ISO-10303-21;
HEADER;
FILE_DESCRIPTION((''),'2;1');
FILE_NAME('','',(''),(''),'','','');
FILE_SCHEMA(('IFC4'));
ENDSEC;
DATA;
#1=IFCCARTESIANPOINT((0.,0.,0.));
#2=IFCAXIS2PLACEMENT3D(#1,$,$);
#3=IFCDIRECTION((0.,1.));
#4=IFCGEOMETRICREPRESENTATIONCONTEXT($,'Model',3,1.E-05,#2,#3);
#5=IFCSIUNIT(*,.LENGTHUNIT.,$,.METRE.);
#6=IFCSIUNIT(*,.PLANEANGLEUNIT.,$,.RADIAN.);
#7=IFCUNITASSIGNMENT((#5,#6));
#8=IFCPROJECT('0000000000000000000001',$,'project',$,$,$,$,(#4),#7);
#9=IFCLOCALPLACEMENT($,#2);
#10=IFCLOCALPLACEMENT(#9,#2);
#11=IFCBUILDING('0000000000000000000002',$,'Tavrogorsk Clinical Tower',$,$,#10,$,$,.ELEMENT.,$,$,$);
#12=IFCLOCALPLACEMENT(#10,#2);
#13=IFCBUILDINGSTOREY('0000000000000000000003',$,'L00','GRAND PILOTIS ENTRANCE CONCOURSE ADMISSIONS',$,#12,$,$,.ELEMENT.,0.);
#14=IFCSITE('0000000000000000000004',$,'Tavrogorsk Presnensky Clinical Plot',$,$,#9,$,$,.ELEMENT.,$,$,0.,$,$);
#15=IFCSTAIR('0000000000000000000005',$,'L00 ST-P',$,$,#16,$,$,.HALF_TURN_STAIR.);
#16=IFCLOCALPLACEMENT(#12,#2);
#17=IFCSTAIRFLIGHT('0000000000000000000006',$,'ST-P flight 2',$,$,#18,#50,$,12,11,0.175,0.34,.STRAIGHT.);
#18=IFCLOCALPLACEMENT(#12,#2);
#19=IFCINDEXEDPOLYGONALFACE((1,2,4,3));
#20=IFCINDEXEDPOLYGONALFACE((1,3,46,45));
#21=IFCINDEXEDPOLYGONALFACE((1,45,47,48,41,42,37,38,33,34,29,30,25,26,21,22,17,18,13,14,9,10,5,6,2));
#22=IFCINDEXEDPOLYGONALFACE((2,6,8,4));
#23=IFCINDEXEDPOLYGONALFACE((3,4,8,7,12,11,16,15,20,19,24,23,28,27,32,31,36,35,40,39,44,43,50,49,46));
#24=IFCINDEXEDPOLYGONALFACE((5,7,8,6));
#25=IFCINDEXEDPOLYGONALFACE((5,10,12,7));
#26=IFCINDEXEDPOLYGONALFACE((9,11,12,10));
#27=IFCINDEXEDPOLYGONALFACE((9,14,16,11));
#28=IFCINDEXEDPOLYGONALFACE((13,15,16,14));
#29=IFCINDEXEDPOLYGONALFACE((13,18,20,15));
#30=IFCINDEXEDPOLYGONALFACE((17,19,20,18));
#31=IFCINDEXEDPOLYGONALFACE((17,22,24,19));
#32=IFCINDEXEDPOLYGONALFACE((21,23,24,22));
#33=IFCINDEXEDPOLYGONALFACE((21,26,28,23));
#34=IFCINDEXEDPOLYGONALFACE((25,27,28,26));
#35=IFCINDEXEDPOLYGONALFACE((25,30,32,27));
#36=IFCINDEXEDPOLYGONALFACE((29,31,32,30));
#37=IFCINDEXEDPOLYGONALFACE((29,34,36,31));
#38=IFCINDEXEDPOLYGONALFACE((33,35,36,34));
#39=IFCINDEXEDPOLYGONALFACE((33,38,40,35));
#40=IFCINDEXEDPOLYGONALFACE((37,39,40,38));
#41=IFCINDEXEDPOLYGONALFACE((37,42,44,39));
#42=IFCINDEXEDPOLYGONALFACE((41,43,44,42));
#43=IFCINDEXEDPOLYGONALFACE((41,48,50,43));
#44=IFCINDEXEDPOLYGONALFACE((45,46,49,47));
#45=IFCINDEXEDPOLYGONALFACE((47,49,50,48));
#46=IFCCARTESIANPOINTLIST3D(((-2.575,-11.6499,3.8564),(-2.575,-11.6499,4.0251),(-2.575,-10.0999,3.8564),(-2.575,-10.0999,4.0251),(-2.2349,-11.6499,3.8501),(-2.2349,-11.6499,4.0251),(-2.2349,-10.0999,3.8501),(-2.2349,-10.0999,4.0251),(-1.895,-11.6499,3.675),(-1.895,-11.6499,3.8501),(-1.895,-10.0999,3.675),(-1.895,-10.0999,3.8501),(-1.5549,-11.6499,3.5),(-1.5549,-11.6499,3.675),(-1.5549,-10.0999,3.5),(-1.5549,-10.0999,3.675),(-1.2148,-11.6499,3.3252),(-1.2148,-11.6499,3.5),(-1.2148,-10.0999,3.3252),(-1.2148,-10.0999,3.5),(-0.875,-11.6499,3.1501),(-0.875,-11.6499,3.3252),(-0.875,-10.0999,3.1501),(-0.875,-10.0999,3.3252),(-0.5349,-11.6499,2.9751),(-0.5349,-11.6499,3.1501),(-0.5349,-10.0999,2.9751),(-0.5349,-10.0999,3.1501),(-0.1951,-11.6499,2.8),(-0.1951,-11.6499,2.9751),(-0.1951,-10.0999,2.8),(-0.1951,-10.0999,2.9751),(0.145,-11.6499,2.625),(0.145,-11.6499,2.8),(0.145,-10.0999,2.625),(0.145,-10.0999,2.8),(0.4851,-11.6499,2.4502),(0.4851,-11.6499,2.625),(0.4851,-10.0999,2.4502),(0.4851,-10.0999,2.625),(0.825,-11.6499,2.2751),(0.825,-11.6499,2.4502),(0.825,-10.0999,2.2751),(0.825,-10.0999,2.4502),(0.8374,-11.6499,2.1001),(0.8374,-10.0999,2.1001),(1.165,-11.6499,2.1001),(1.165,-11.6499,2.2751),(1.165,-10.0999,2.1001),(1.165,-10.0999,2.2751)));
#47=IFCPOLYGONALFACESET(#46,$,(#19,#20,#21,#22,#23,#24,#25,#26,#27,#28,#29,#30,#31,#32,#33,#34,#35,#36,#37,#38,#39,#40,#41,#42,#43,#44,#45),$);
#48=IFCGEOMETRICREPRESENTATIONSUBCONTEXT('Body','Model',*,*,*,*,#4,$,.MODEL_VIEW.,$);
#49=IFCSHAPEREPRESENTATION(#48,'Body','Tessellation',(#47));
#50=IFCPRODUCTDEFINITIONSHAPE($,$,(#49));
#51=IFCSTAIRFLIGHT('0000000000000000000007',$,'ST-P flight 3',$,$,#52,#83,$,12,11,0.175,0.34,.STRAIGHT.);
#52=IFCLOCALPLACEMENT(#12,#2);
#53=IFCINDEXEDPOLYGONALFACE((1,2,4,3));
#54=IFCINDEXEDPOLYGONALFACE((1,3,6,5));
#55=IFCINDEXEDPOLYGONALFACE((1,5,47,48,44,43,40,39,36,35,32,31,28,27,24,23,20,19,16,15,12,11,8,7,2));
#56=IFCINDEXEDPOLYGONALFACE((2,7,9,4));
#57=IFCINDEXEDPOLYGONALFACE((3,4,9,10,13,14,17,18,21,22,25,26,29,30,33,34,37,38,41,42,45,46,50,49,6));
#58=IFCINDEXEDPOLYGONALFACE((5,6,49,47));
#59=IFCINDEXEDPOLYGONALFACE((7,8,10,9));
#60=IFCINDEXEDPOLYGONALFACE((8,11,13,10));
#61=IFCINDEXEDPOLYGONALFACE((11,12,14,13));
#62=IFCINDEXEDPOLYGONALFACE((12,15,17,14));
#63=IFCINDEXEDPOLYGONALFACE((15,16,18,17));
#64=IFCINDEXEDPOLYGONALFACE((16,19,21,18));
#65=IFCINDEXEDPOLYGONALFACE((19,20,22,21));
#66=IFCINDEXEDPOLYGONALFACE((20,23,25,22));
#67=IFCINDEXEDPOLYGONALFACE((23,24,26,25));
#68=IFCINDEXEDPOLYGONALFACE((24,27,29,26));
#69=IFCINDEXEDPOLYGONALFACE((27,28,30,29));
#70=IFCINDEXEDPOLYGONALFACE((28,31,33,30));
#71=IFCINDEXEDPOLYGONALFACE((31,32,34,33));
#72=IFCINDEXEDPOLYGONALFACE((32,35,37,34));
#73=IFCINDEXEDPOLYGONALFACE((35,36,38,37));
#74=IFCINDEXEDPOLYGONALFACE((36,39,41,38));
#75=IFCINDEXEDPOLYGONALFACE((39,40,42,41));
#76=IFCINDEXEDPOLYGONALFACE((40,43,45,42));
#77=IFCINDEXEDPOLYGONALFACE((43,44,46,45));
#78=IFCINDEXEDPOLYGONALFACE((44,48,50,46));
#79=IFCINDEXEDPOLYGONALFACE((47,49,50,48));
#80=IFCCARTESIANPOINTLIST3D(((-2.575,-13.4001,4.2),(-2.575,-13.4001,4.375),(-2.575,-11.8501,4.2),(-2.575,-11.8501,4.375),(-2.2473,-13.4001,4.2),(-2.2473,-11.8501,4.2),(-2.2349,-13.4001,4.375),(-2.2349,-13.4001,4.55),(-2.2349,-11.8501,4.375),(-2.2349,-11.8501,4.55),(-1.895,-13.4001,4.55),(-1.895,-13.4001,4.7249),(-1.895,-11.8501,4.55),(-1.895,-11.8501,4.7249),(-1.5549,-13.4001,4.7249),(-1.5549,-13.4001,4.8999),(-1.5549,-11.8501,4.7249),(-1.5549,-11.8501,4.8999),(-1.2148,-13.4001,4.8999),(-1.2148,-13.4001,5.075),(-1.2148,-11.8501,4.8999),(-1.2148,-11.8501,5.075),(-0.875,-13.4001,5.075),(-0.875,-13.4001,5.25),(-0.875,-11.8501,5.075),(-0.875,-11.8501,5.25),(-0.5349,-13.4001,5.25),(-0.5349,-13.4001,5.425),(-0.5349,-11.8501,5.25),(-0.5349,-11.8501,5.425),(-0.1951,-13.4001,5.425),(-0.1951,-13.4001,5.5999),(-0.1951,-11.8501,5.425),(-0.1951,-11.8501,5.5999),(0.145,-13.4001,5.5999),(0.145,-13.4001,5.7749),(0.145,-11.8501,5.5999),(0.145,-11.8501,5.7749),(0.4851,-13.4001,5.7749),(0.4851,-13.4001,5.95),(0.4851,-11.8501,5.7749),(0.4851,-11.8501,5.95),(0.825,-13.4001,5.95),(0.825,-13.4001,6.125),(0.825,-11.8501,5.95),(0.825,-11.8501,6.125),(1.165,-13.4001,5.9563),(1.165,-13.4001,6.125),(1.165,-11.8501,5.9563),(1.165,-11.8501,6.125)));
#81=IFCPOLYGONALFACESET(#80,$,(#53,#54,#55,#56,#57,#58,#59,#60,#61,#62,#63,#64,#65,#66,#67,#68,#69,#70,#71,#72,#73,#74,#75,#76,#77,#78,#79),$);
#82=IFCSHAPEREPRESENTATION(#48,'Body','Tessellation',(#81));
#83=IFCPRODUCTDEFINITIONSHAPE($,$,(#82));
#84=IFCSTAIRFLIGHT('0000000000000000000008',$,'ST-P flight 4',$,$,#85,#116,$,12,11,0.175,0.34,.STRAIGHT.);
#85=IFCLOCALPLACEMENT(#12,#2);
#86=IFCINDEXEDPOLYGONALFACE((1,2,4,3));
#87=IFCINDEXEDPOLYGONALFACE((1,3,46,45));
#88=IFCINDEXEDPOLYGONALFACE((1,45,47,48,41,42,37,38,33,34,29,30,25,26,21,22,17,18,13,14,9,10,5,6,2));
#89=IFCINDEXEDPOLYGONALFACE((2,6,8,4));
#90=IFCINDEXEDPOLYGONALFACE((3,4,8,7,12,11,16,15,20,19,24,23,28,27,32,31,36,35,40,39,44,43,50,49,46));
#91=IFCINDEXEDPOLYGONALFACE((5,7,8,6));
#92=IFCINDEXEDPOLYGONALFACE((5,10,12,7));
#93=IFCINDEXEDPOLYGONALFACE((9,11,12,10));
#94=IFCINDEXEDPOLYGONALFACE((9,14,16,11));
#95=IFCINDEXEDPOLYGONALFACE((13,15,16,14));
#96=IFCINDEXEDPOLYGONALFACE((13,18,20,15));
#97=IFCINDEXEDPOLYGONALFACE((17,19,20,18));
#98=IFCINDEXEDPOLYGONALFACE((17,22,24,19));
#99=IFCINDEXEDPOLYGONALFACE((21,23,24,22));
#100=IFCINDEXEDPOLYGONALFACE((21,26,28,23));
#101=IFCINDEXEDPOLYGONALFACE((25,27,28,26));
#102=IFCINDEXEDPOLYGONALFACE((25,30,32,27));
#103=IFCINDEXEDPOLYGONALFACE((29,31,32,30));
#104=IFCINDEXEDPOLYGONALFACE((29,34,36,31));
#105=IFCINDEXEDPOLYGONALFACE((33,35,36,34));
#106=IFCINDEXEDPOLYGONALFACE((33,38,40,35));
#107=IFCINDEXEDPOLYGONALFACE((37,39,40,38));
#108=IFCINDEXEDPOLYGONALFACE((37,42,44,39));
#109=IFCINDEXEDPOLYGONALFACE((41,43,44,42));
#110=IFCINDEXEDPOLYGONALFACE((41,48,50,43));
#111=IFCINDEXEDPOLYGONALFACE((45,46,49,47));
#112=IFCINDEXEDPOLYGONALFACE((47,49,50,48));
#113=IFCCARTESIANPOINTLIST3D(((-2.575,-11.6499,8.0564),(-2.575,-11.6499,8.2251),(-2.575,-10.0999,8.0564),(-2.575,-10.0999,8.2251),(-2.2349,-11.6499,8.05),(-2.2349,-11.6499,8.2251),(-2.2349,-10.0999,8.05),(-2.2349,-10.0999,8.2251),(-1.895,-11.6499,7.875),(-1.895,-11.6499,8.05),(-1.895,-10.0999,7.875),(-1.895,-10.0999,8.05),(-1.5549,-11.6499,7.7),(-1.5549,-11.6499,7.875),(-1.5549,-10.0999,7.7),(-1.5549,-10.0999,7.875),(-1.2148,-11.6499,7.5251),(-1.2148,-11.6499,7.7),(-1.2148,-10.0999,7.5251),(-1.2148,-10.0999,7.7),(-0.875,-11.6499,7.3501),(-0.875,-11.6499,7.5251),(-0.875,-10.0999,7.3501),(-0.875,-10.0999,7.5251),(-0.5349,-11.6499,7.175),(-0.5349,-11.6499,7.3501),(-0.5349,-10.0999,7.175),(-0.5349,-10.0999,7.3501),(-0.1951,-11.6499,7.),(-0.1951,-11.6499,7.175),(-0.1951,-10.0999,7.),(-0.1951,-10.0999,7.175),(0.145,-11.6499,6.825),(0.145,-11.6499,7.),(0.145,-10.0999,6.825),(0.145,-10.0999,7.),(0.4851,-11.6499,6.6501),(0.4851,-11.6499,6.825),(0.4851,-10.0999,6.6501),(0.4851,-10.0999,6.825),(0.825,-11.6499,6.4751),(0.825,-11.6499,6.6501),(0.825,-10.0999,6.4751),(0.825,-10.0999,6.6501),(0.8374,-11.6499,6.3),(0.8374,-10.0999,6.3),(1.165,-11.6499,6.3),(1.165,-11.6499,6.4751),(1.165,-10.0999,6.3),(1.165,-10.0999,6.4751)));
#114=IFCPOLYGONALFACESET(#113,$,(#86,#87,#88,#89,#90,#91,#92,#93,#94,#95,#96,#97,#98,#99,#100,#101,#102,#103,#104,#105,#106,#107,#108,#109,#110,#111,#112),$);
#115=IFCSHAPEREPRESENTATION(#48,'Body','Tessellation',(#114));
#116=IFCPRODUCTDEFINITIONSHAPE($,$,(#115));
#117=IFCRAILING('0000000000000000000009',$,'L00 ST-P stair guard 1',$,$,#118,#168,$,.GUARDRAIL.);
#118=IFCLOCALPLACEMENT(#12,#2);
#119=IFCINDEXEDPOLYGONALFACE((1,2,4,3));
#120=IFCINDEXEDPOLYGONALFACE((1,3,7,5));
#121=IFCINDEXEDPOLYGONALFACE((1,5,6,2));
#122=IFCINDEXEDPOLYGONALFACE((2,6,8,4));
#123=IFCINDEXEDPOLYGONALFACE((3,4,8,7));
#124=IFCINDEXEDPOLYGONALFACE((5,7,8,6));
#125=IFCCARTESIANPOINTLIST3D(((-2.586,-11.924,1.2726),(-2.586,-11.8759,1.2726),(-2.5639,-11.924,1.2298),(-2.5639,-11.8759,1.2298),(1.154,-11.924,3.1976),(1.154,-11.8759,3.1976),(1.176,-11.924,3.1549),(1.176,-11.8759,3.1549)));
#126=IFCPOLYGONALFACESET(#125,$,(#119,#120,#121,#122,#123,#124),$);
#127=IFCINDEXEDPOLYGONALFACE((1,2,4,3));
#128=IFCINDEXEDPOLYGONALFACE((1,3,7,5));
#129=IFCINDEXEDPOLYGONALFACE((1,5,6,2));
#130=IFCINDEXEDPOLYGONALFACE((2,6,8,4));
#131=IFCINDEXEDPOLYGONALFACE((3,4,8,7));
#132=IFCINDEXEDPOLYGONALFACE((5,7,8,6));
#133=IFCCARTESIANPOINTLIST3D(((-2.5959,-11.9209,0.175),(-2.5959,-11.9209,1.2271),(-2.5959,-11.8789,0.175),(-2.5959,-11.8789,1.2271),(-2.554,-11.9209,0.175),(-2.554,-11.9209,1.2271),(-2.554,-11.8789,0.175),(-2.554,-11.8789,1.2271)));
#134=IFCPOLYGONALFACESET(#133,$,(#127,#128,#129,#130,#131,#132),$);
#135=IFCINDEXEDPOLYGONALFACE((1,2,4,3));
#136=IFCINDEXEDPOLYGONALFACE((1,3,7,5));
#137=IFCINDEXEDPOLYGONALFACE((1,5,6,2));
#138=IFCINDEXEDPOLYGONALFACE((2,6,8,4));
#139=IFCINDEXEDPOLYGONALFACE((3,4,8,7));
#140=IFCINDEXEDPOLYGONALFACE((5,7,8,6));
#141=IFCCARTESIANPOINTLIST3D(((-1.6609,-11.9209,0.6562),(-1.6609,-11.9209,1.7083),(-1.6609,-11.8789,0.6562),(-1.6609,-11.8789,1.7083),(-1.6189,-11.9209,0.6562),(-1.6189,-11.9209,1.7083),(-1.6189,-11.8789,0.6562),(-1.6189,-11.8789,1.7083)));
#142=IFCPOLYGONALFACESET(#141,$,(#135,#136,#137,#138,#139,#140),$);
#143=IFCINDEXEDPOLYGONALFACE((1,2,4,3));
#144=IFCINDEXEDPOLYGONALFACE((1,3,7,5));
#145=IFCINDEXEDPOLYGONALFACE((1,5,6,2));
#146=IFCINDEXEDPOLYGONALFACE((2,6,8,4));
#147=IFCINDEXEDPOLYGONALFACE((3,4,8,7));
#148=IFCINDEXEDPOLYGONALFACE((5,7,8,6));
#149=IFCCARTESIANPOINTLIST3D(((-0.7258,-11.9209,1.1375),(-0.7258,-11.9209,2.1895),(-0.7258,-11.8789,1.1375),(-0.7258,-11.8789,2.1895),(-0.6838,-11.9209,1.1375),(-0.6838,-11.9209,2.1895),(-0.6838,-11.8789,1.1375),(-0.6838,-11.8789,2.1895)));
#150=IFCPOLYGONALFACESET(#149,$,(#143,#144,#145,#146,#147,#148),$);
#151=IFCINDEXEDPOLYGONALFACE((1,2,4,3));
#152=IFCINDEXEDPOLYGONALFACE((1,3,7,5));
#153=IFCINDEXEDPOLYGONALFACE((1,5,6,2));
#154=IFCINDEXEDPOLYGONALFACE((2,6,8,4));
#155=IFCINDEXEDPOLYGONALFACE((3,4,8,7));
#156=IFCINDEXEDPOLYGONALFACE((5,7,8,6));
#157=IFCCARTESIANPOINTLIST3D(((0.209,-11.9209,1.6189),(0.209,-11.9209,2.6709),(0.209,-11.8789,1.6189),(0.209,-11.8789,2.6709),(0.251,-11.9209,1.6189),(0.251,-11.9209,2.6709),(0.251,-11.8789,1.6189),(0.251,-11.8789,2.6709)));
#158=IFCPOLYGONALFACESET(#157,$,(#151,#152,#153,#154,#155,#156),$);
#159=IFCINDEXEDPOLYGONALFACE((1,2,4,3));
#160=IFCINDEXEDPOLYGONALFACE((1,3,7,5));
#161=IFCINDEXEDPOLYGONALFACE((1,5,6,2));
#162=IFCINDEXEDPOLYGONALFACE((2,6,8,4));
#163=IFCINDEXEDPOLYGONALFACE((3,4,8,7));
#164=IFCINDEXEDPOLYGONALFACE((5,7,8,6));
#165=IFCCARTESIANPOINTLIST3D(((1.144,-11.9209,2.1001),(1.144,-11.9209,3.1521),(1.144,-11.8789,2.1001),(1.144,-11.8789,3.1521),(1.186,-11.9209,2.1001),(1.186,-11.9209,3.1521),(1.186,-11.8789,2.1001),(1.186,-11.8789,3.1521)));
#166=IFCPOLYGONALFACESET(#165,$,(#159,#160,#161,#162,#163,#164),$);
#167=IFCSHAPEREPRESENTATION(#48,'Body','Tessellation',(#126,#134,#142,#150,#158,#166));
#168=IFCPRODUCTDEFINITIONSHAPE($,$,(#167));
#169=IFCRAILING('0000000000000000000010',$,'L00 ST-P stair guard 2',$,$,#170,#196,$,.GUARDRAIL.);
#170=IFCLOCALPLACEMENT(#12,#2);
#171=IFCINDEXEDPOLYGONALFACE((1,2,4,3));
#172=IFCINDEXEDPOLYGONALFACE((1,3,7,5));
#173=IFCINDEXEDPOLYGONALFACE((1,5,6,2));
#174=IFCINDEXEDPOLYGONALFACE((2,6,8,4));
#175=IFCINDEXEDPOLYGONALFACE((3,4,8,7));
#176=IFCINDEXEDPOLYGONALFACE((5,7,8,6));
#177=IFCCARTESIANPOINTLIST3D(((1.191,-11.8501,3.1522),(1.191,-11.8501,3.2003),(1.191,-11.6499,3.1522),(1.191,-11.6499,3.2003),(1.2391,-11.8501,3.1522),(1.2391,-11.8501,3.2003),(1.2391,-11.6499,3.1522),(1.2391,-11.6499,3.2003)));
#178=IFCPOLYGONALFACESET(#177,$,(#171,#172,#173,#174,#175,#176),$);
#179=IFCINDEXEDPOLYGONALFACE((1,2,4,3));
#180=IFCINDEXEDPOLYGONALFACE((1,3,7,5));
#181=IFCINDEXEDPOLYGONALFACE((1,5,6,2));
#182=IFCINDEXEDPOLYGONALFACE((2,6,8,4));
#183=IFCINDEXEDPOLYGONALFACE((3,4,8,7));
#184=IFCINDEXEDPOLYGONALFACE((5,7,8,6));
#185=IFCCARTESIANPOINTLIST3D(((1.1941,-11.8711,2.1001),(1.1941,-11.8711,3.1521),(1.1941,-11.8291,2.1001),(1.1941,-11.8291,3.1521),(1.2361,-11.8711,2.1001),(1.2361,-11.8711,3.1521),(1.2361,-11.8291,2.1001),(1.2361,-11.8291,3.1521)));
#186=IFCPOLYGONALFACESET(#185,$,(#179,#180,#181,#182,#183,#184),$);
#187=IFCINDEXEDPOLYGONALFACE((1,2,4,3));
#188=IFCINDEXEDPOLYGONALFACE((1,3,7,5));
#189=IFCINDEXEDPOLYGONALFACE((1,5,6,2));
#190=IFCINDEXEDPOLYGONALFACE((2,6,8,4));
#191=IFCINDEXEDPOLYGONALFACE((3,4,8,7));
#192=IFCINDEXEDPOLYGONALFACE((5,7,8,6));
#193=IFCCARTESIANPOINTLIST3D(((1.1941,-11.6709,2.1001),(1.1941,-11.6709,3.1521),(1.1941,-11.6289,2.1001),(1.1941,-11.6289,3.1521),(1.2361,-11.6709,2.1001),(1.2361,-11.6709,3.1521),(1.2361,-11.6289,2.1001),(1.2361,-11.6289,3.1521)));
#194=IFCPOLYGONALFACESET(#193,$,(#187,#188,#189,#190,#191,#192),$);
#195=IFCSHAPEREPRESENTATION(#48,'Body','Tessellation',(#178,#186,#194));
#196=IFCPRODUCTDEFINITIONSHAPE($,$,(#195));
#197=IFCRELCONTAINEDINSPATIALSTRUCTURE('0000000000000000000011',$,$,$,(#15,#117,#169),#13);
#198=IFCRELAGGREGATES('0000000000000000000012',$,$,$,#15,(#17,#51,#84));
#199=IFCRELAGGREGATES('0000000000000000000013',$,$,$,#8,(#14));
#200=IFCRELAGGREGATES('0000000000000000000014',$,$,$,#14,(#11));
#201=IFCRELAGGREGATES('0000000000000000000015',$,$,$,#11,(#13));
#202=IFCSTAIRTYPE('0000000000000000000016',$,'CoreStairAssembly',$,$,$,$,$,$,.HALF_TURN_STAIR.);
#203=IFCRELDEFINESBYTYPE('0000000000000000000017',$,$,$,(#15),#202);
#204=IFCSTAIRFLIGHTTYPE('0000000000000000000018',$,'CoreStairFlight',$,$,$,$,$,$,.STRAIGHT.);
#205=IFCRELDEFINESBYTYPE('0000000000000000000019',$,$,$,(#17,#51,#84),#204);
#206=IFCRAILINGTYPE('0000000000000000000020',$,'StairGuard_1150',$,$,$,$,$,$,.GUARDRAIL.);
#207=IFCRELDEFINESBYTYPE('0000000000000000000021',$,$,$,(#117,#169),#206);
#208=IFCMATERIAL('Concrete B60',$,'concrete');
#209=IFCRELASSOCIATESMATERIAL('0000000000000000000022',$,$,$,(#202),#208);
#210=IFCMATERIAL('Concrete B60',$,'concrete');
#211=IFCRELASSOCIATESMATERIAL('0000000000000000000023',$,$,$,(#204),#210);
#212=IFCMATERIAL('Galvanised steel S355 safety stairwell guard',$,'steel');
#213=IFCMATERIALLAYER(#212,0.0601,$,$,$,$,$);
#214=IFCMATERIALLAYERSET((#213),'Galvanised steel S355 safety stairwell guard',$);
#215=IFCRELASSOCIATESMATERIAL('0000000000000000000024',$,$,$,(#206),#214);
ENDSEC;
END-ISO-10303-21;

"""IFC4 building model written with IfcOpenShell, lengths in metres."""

from ifc_helpers import new_model, si_unit, direction, frame, origin, origin_2d, place, context, subcontext, project, spatial, polyline, rectangle, outline, extrude, material, layer, layer_set, type_object, element, aggregate, save


model = new_model("IFC4")

# Units and contexts
model_context = context("Model", 3, precision=1e-05, world=origin(), true_north=direction((0.0, 1.0)))
body_context = subcontext(model_context, "Body", "Model", "MODEL_VIEW")
ifc_project = project(units=[si_unit("LENGTHUNIT", "METRE"), si_unit("PLANEANGLEUNIT", "RADIAN")], contexts=[model_context])

# Site, building, storey
site_placement = place(None, origin())
site = spatial("IfcSite", under=ifc_project, at=site_placement, Name="Tavrogorsk Presnensky Clinical Plot", CompositionType="ELEMENT", RefElevation=0.0)
building_placement = place(site_placement, origin())
building = spatial("IfcBuilding", under=site, at=building_placement, Name="Tavrogorsk Clinical Tower", CompositionType="ELEMENT")
storey_placement = place(building_placement, origin())
storey = spatial("IfcBuildingStorey", under=building, at=storey_placement, Name="L00", Description="GRAND PILOTIS ENTRANCE CONCOURSE ADMISSIONS", CompositionType="ELEMENT", Elevation=0.0)

# Stair, stair flights
ifc_material_1 = material(Name="Concrete B60", Category="concrete")
stair_type = type_object("IfcStairType", Name="CoreStairAssembly", PredefinedType="HALF_TURN_STAIR", material=ifc_material_1)
stair_placement = place(storey_placement, origin())
stair = element("IfcStair", 1, at=stair_placement, inside=storey, type_object=stair_type, Name="L00 ST-P", PredefinedType="HALF_TURN_STAIR")
ifc_material_2 = material(Name="Concrete B60", Category="concrete")
stair_flight_type = type_object("IfcStairFlightType", Name="CoreStairFlight", PredefinedType="STRAIGHT", material=ifc_material_2)
stair_flight_1_placement = place(storey_placement, frame((1.165, -10.875, 2.1001), z_axis=(0.0, 0.0, 1.0), x_axis=(-1.0, 0.0, 0.0)))
stair_flight_1 = element("IfcStairFlight", 2, at=stair_flight_1_placement, type_object=stair_flight_type, Name="ST-P flight 2", NumberOfRisers=12, NumberOfTreads=11, PredefinedType="STRAIGHT", RiserHeight=0.175, TreadLength=0.34, context=body_context, shape_type="SweptSolid", body=[
    extrude(outline(polyline([(0.0, 0.0), (0.0, 0.175), (0.3401, 0.175), (0.3401, 0.3501), (0.6799, 0.3501), (0.6799, 0.5249), (1.02, 0.5249), (1.02, 0.7), (1.3601, 0.7), (1.3601, 0.875), (1.7, 0.875), (1.7, 1.05), (2.04, 1.05), (2.04, 1.2251), (2.3799, 1.2251), (2.3799, 1.3999), (2.72, 1.3999), (2.72, 1.575), (3.0601, 1.575), (3.0601, 1.75), (3.3999, 1.75), (3.3999, 1.925), (3.74, 1.925), (3.74, 2.1001), (3.74, 1.7563), (0.3276, 0.0), (0.0, 0.0)])), frame((0.0, 0.7749, 0.0), z_axis=(0.0, -1.0, 0.0), x_axis=(1.0, 0.0, 0.0)), (0.0, 0.0, 1.0), 1.55),
])
stair_flight_2_placement = place(storey_placement, frame((-2.575, -12.625, 4.2), z_axis=(0.0, 0.0, 1.0), x_axis=(1.0, 0.0, 0.0)))
stair_flight_2 = element("IfcStairFlight", 3, at=stair_flight_2_placement, type_object=stair_flight_type, Name="ST-P flight 3", NumberOfRisers=12, NumberOfTreads=11, PredefinedType="STRAIGHT", RiserHeight=0.175, TreadLength=0.34, context=body_context, shape_type="SweptSolid", body=[
    extrude(outline(polyline([(0.0, 0.0), (0.0, 0.175), (0.3401, 0.175), (0.3401, 0.3501), (0.6799, 0.3501), (0.6799, 0.5249), (1.02, 0.5249), (1.02, 0.7), (1.3601, 0.7), (1.3601, 0.875), (1.7, 0.875), (1.7, 1.05), (2.04, 1.05), (2.04, 1.2251), (2.3799, 1.2251), (2.3799, 1.3999), (2.72, 1.3999), (2.72, 1.575), (3.0601, 1.575), (3.0601, 1.75), (3.3999, 1.75), (3.3999, 1.925), (3.74, 1.925), (3.74, 2.1001), (3.74, 1.7563), (0.3276, 0.0), (0.0, 0.0)])), frame((0.0, 0.7749, 0.0), z_axis=(0.0, -1.0, 0.0), x_axis=(1.0, 0.0, 0.0)), (0.0, 0.0, 1.0), 1.55),
])
stair_flight_3_placement = place(storey_placement, frame((1.165, -10.875, 6.3), z_axis=(0.0, 0.0, 1.0), x_axis=(-1.0, 0.0, 0.0)))
stair_flight_3 = element("IfcStairFlight", 4, at=stair_flight_3_placement, type_object=stair_flight_type, Name="ST-P flight 4", NumberOfRisers=12, NumberOfTreads=11, PredefinedType="STRAIGHT", RiserHeight=0.175, TreadLength=0.34, context=body_context, shape_type="SweptSolid", body=[
    extrude(outline(polyline([(0.0, 0.0), (0.0, 0.175), (0.3401, 0.175), (0.3401, 0.3501), (0.6799, 0.3501), (0.6799, 0.5249), (1.02, 0.5249), (1.02, 0.7), (1.3601, 0.7), (1.3601, 0.875), (1.7, 0.875), (1.7, 1.05), (2.04, 1.05), (2.04, 1.2251), (2.3799, 1.2251), (2.3799, 1.3999), (2.72, 1.3999), (2.72, 1.575), (3.0601, 1.575), (3.0601, 1.75), (3.3999, 1.75), (3.3999, 1.925), (3.74, 1.925), (3.74, 2.1001), (3.74, 1.7563), (0.3276, 0.0), (0.0, 0.0)])), frame((0.0, 0.7749, 0.0), z_axis=(0.0, -1.0, 0.0), x_axis=(1.0, 0.0, 0.0)), (0.0, 0.0, 1.0), 1.55),
])
aggregate(stair, [stair_flight_1, stair_flight_2, stair_flight_3])

# Railings
ifc_material_3 = material(Name="Galvanised steel S355 safety stairwell guard", Category="steel")
ifc_layer_1 = layer(ifc_material_3, 0.0601)
ifc_layer_set_1 = layer_set([ifc_layer_1], Name="Galvanised steel S355 safety stairwell guard")
railing_type_1 = type_object("IfcRailingType", Name="StairGuard_1150", PredefinedType="GUARDRAIL", material=ifc_layer_set_1)
railing_1_placement = place(storey_placement, frame((-2.575, -11.8999, 0.175)))
element("IfcRailing", 5, at=railing_1_placement, inside=storey, type_object=railing_type_1, Name="L00 ST-P stair guard 1", PredefinedType="GUARDRAIL", context=body_context, shape_type="SweptSolid", body=[
    extrude(rectangle(XDim=0.0481, YDim=0.0481, at=origin_2d()), frame((0.0, 0.0, 1.0762), z_axis=(0.889131, 0.0, 0.457654), x_axis=(0.0, 1.0, 0.0)), (0.0, 0.0, 1.0), 4.2063),
    extrude(rectangle(XDim=0.042, YDim=0.042, at=origin_2d()), origin(), (0.0, 0.0, 1.0), 1.052),
    extrude(rectangle(XDim=0.042, YDim=0.042, at=origin_2d()), frame((0.9351, 0.0, 0.4812)), (0.0, 0.0, 1.0), 1.052),
    extrude(rectangle(XDim=0.042, YDim=0.042, at=origin_2d()), frame((1.8701, 0.0, 0.9624)), (0.0, 0.0, 1.0), 1.052),
    extrude(rectangle(XDim=0.042, YDim=0.042, at=origin_2d()), frame((2.8049, 0.0, 1.4438)), (0.0, 0.0, 1.0), 1.052),
    extrude(rectangle(XDim=0.042, YDim=0.042, at=origin_2d()), frame((3.74, 0.0, 1.925)), (0.0, 0.0, 1.0), 1.052),
])
railing_2_placement = place(storey_placement, frame((1.2151, -11.8501, 2.1001)))
element("IfcRailing", 6, at=railing_2_placement, inside=storey, type_object=railing_type_1, Name="L00 ST-P stair guard 2", PredefinedType="GUARDRAIL", context=body_context, shape_type="SweptSolid", body=[
    extrude(rectangle(XDim=0.0481, YDim=0.0481, at=origin_2d()), frame((0.0, 0.0, 1.0762), z_axis=(0.0, 1.0, 0.0), x_axis=(-1.0, 0.0, 0.0)), (0.0, 0.0, 1.0), 0.2002),
    extrude(rectangle(XDim=0.042, YDim=0.042, at=origin_2d()), origin(), (0.0, 0.0, 1.0), 1.052),
    extrude(rectangle(XDim=0.042, YDim=0.042, at=origin_2d()), frame((0.0, 0.2002, 0.0)), (0.0, 0.0, 1.0), 1.052),
])

save(model, "model.ifc")
